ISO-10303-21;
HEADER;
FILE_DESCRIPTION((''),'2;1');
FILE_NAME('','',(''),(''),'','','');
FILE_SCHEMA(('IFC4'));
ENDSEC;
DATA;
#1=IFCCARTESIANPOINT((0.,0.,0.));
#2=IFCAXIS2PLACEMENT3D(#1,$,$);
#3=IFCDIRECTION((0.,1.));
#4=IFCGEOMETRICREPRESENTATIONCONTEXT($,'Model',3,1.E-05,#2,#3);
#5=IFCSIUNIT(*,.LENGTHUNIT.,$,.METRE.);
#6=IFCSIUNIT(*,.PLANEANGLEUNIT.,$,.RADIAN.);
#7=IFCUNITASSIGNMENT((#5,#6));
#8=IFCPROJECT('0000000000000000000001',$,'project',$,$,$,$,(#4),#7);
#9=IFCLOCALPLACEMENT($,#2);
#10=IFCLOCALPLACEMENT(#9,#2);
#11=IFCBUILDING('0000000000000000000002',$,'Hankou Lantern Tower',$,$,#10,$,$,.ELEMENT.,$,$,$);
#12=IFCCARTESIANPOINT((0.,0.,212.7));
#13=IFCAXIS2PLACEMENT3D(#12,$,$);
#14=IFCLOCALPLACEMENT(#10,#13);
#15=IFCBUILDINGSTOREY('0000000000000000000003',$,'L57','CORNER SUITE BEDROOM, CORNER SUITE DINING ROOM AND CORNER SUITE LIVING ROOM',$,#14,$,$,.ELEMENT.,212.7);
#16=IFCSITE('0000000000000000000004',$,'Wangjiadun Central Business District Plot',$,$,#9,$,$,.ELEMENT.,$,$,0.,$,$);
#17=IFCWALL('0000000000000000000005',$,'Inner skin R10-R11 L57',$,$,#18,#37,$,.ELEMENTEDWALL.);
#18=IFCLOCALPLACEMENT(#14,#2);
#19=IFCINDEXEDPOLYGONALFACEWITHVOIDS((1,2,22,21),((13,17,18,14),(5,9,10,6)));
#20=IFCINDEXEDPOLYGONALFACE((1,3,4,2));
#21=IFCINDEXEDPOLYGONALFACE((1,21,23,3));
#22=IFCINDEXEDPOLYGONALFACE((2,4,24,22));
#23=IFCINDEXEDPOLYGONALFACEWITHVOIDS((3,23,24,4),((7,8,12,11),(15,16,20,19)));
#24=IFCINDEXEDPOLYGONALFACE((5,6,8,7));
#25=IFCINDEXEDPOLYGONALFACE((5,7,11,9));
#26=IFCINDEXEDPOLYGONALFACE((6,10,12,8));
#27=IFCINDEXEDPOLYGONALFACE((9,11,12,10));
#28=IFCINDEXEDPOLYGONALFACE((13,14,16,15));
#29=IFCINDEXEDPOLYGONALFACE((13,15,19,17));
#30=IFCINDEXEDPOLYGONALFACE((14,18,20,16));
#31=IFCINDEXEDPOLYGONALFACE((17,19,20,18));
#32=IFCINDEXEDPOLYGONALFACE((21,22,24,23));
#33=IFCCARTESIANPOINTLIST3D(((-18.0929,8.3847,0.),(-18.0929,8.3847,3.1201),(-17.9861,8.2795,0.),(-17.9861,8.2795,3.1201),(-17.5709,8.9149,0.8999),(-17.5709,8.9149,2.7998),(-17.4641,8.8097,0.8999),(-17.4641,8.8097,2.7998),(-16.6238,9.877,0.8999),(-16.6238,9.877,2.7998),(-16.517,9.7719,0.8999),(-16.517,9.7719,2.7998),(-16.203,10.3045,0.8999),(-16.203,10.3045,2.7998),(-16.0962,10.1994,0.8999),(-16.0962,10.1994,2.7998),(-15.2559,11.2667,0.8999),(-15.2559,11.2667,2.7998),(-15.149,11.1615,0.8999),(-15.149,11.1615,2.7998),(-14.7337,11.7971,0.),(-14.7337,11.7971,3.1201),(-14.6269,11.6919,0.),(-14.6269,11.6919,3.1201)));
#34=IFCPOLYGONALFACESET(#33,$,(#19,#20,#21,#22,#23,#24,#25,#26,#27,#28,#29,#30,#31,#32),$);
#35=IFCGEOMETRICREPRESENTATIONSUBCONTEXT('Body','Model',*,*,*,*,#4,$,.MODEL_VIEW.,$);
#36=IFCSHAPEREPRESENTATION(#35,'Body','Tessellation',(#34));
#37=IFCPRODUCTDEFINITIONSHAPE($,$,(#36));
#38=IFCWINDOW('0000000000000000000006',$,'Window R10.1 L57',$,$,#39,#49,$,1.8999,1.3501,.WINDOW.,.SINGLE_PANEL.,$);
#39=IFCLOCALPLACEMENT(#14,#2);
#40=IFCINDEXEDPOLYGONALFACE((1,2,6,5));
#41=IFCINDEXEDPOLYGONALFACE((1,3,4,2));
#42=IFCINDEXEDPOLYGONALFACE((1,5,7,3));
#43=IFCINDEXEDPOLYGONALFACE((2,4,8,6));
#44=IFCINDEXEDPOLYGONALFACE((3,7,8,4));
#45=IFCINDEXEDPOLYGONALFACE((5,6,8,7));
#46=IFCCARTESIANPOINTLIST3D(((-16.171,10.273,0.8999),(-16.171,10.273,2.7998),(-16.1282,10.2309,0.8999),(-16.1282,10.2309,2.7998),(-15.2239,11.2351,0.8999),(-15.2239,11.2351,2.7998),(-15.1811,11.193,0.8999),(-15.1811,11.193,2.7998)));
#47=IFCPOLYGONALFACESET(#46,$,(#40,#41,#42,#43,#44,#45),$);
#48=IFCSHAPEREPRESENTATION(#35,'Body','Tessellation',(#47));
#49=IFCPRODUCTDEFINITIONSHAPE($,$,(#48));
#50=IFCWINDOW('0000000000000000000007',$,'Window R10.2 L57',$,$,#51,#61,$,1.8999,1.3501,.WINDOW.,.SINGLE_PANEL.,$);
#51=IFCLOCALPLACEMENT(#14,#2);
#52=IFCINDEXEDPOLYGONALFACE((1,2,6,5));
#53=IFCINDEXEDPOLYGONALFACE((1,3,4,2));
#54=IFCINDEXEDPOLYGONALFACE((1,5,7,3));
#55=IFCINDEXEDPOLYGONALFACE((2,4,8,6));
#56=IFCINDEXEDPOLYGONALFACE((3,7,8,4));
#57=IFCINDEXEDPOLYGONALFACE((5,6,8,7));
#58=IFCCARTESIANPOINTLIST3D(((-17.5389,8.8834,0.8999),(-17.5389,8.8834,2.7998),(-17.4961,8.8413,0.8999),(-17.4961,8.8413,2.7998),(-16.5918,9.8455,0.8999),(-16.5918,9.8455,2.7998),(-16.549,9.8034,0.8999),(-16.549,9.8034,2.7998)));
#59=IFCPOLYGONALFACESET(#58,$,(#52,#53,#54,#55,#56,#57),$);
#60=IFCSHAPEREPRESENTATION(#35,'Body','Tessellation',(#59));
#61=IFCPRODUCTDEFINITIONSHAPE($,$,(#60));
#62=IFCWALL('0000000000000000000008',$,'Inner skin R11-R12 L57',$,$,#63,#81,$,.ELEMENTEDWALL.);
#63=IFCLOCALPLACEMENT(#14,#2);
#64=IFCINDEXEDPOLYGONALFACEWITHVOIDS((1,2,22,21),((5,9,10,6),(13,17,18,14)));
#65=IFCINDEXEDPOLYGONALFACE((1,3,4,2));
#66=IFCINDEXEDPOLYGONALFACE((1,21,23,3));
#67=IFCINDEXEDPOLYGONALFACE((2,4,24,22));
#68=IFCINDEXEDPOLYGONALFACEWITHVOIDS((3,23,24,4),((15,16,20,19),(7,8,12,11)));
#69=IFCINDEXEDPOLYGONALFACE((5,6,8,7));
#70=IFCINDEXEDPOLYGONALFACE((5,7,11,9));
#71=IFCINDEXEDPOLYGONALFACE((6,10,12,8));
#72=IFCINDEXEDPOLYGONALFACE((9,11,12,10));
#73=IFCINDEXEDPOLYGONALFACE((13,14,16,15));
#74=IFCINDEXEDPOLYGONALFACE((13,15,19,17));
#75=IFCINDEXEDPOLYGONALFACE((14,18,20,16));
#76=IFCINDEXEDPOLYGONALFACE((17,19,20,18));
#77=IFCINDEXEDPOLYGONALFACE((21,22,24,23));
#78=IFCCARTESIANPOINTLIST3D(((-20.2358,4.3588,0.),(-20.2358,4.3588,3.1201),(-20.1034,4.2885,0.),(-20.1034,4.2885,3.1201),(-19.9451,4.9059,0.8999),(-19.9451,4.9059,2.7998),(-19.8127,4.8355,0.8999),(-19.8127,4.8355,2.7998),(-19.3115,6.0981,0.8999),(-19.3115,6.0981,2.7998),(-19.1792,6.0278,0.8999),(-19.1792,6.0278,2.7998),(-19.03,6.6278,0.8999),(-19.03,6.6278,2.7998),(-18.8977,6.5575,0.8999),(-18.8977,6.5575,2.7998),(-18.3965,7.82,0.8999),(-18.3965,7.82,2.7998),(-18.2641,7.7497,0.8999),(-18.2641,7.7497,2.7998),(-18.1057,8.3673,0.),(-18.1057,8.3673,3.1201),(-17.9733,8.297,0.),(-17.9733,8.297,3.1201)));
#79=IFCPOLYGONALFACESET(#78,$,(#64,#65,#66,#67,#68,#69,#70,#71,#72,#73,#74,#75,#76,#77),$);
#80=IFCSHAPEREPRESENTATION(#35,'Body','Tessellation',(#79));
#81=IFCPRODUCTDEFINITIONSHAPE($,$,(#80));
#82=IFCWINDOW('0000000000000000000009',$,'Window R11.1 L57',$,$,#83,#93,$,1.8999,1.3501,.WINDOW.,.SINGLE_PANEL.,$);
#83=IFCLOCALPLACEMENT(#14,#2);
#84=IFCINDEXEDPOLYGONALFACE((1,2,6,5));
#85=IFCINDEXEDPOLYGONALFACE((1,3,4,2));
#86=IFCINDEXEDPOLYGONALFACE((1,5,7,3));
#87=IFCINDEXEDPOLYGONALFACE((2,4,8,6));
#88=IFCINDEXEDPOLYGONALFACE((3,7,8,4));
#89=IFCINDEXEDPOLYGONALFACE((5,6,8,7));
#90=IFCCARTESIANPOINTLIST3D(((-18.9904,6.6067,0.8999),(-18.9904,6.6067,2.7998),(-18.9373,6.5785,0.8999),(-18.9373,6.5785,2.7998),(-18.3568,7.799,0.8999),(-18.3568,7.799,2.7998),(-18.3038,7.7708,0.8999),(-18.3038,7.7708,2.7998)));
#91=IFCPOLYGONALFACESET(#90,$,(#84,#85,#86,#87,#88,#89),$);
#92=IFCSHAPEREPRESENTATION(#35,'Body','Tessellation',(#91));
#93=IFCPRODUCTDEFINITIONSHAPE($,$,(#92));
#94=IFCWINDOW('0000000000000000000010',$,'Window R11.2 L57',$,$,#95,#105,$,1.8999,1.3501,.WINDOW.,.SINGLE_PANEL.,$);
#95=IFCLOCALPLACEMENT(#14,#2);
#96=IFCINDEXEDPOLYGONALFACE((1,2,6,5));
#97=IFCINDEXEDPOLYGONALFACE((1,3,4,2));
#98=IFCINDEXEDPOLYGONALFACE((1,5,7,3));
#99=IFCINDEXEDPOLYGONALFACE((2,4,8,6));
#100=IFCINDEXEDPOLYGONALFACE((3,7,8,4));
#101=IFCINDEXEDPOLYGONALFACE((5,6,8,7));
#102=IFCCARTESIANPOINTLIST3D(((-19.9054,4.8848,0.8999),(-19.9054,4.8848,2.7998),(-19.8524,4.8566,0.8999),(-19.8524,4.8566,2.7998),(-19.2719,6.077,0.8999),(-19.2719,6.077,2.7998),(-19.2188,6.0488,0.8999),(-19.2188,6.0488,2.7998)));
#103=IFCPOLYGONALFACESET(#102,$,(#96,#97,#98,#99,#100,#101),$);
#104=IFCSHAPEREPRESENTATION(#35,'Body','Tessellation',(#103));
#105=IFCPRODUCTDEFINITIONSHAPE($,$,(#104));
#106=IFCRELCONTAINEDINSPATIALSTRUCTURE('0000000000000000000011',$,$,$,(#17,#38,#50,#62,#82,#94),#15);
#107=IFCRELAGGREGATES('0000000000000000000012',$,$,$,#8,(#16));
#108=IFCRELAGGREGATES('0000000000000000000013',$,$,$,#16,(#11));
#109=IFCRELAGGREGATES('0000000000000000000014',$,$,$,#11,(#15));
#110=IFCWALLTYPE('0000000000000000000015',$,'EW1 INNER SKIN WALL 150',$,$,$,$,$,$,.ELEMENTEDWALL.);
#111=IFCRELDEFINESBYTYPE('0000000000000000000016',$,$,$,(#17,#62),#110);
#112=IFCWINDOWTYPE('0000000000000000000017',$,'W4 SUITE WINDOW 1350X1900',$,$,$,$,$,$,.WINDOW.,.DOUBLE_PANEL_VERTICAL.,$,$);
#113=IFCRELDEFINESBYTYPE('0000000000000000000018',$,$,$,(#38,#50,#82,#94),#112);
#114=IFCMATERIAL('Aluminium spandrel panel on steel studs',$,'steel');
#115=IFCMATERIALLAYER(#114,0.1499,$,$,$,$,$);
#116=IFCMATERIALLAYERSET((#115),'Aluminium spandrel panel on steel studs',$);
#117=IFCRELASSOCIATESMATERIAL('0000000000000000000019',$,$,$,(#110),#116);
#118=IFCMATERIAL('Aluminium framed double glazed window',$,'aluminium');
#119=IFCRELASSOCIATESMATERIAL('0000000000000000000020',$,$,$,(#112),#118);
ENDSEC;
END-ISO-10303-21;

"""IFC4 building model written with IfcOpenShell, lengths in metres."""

from ifc_helpers import new_model, si_unit, direction, frame, frame_2d, origin, place, context, subcontext, project, spatial, rectangle, extrude, material, layer, layer_set, type_object, element, fill, save


model = new_model("IFC4")

# Units and contexts
model_context = context("Model", 3, precision=1e-05, world=origin(), true_north=direction((0.0, 1.0)))
body_context = subcontext(model_context, "Body", "Model", "MODEL_VIEW")
ifc_project = project(units=[si_unit("LENGTHUNIT", "METRE"), si_unit("PLANEANGLEUNIT", "RADIAN")], contexts=[model_context])

# Site, building, storey
site_placement = place(None, origin())
site = spatial("IfcSite", under=ifc_project, at=site_placement, Name="Wangjiadun Central Business District Plot", CompositionType="ELEMENT", RefElevation=0.0)
building_placement = place(site_placement, origin())
building = spatial("IfcBuilding", under=site, at=building_placement, Name="Hankou Lantern Tower", CompositionType="ELEMENT")
storey_placement = place(building_placement, frame((0.0, 0.0, 212.7)))
storey = spatial("IfcBuildingStorey", under=building, at=storey_placement, Name="L57", Description="CORNER SUITE BEDROOM, CORNER SUITE DINING ROOM AND CORNER SUITE LIVING ROOM", CompositionType="ELEMENT", Elevation=212.7)

# Walls, openings, windows
ifc_material_1 = material(Name="Aluminium spandrel panel on steel studs", Category="steel")
ifc_layer_1 = layer(ifc_material_1, 0.1499)
ifc_layer_set_1 = layer_set([ifc_layer_1], Name="Aluminium spandrel panel on steel studs")
wall_type = type_object("IfcWallType", Name="EW1 INNER SKIN WALL 150", PredefinedType="ELEMENTEDWALL", material=ifc_layer_set_1)
wall_1_placement = place(storey_placement, frame((-14.6804, 11.7444, 0.0), z_axis=(0.0, 0.0, 1.0), x_axis=(-0.701527, -0.712643, 0.0)))
wall_1 = element("IfcWall", 1, at=wall_1_placement, inside=storey, type_object=wall_type, Name="Inner skin R10-R11 L57", PredefinedType="ELEMENTEDWALL", context=body_context, shape_type="SweptSolid", body=[
    extrude(rectangle(XDim=4.7883, YDim=0.1499, at=frame_2d((2.394, 0.0))), origin(), (0.0, 0.0, 1.0), 3.1201),
])
opening_1_placement = place(wall_1_placement, frame((0.7441, 0.0, 0.8999)))
opening_1 = element("IfcOpeningElement", 2, at=opening_1_placement, cuts=wall_1, PredefinedType="OPENING", context=body_context, shape_type="SweptSolid", body=[
    extrude(rectangle(XDim=1.3501, YDim=1.8999, at=frame_2d((0.675, 0.95))), frame((0.0, 0.085, 0.0), z_axis=(0.0, -1.0, 0.0), x_axis=(1.0, 0.0, 0.0)), (0.0, 0.0, 1.0), 0.1699),
])
opening_2_placement = place(wall_1_placement, frame((2.6941, 0.0, 0.8999)))
opening_2 = element("IfcOpeningElement", 3, at=opening_2_placement, cuts=wall_1, PredefinedType="OPENING", context=body_context, shape_type="SweptSolid", body=[
    extrude(rectangle(XDim=1.3501, YDim=1.8999, at=frame_2d((0.675, 0.95))), frame((0.0, 0.085, 0.0), z_axis=(0.0, -1.0, 0.0), x_axis=(1.0, 0.0, 0.0)), (0.0, 0.0, 1.0), 0.1699),
])
ifc_material_2 = material(Name="Aluminium framed double glazed window", Category="aluminium")
window_type = type_object("IfcWindowType", Name="W4 SUITE WINDOW 1350X1900", PartitioningType="DOUBLE_PANEL_VERTICAL", PredefinedType="WINDOW", material=ifc_material_2)
window_1_placement = place(opening_1_placement, origin())
window_1 = element("IfcWindow", 4, at=window_1_placement, inside=storey, type_object=window_type, Name="Window R10.1 L57", OverallHeight=1.8999, OverallWidth=1.3501, PartitioningType="SINGLE_PANEL", PredefinedType="WINDOW", context=body_context, shape_type="SweptSolid", body=[
    extrude(rectangle(XDim=1.3501, YDim=1.8999, at=frame_2d((0.675, 0.95))), frame((0.0, 0.03, 0.0), z_axis=(0.0, -1.0, 0.0), x_axis=(1.0, 0.0, 0.0)), (0.0, 0.0, 1.0), 0.0601),
])
fill(opening_1, window_1)
window_2_placement = place(opening_2_placement, origin())
window_2 = element("IfcWindow", 5, at=window_2_placement, inside=storey, type_object=window_type, Name="Window R10.2 L57", OverallHeight=1.8999, OverallWidth=1.3501, PartitioningType="SINGLE_PANEL", PredefinedType="WINDOW", context=body_context, shape_type="SweptSolid", body=[
    extrude(rectangle(XDim=1.3501, YDim=1.8999, at=frame_2d((0.675, 0.95))), frame((0.0, 0.03, 0.0), z_axis=(0.0, -1.0, 0.0), x_axis=(1.0, 0.0, 0.0)), (0.0, 0.0, 1.0), 0.0601),
])
fill(opening_2, window_2)
wall_2_placement = place(storey_placement, frame((-18.0396, 8.332, 0.0), z_axis=(0.0, 0.0, 1.0), x_axis=(-0.469256, -0.883062, 0.0)))
wall_2 = element("IfcWall", 6, at=wall_2_placement, inside=storey, type_object=wall_type, Name="Inner skin R11-R12 L57", PredefinedType="ELEMENTEDWALL", context=body_context, shape_type="SweptSolid", body=[
    extrude(rectangle(XDim=4.5393, YDim=0.1499, at=frame_2d((2.2695, 0.0))), origin(), (0.0, 0.0, 1.0), 3.1201),
])
opening_3_placement = place(wall_2_placement, frame((0.6196, 0.0, 0.8999)))
opening_3 = element("IfcOpeningElement", 7, at=opening_3_placement, cuts=wall_2, PredefinedType="OPENING", context=body_context, shape_type="SweptSolid", body=[
    extrude(rectangle(XDim=1.3501, YDim=1.8999, at=frame_2d((0.675, 0.95))), frame((0.0, 0.085, 0.0), z_axis=(0.0, -1.0, 0.0), x_axis=(1.0, 0.0, 0.0)), (0.0, 0.0, 1.0), 0.1699),
])
opening_4_placement = place(wall_2_placement, frame((2.5696, 0.0, 0.8999)))
opening_4 = element("IfcOpeningElement", 8, at=opening_4_placement, cuts=wall_2, PredefinedType="OPENING", context=body_context, shape_type="SweptSolid", body=[
    extrude(rectangle(XDim=1.3501, YDim=1.8999, at=frame_2d((0.675, 0.95))), frame((0.0, 0.085, 0.0), z_axis=(0.0, -1.0, 0.0), x_axis=(1.0, 0.0, 0.0)), (0.0, 0.0, 1.0), 0.1699),
])
window_3_placement = place(opening_3_placement, origin())
window_3 = element("IfcWindow", 9, at=window_3_placement, inside=storey, type_object=window_type, Name="Window R11.1 L57", OverallHeight=1.8999, OverallWidth=1.3501, PartitioningType="SINGLE_PANEL", PredefinedType="WINDOW", context=body_context, shape_type="SweptSolid", body=[
    extrude(rectangle(XDim=1.3501, YDim=1.8999, at=frame_2d((0.675, 0.95))), frame((0.0, 0.03, 0.0), z_axis=(0.0, -1.0, 0.0), x_axis=(1.0, 0.0, 0.0)), (0.0, 0.0, 1.0), 0.0601),
])
fill(opening_3, window_3)
window_4_placement = place(opening_4_placement, origin())
window_4 = element("IfcWindow", 10, at=window_4_placement, inside=storey, type_object=window_type, Name="Window R11.2 L57", OverallHeight=1.8999, OverallWidth=1.3501, PartitioningType="SINGLE_PANEL", PredefinedType="WINDOW", context=body_context, shape_type="SweptSolid", body=[
    extrude(rectangle(XDim=1.3501, YDim=1.8999, at=frame_2d((0.675, 0.95))), frame((0.0, 0.03, 0.0), z_axis=(0.0, -1.0, 0.0), x_axis=(1.0, 0.0, 0.0)), (0.0, 0.0, 1.0), 0.0601),
])
fill(opening_4, window_4)

save(model, "model.ifc")
